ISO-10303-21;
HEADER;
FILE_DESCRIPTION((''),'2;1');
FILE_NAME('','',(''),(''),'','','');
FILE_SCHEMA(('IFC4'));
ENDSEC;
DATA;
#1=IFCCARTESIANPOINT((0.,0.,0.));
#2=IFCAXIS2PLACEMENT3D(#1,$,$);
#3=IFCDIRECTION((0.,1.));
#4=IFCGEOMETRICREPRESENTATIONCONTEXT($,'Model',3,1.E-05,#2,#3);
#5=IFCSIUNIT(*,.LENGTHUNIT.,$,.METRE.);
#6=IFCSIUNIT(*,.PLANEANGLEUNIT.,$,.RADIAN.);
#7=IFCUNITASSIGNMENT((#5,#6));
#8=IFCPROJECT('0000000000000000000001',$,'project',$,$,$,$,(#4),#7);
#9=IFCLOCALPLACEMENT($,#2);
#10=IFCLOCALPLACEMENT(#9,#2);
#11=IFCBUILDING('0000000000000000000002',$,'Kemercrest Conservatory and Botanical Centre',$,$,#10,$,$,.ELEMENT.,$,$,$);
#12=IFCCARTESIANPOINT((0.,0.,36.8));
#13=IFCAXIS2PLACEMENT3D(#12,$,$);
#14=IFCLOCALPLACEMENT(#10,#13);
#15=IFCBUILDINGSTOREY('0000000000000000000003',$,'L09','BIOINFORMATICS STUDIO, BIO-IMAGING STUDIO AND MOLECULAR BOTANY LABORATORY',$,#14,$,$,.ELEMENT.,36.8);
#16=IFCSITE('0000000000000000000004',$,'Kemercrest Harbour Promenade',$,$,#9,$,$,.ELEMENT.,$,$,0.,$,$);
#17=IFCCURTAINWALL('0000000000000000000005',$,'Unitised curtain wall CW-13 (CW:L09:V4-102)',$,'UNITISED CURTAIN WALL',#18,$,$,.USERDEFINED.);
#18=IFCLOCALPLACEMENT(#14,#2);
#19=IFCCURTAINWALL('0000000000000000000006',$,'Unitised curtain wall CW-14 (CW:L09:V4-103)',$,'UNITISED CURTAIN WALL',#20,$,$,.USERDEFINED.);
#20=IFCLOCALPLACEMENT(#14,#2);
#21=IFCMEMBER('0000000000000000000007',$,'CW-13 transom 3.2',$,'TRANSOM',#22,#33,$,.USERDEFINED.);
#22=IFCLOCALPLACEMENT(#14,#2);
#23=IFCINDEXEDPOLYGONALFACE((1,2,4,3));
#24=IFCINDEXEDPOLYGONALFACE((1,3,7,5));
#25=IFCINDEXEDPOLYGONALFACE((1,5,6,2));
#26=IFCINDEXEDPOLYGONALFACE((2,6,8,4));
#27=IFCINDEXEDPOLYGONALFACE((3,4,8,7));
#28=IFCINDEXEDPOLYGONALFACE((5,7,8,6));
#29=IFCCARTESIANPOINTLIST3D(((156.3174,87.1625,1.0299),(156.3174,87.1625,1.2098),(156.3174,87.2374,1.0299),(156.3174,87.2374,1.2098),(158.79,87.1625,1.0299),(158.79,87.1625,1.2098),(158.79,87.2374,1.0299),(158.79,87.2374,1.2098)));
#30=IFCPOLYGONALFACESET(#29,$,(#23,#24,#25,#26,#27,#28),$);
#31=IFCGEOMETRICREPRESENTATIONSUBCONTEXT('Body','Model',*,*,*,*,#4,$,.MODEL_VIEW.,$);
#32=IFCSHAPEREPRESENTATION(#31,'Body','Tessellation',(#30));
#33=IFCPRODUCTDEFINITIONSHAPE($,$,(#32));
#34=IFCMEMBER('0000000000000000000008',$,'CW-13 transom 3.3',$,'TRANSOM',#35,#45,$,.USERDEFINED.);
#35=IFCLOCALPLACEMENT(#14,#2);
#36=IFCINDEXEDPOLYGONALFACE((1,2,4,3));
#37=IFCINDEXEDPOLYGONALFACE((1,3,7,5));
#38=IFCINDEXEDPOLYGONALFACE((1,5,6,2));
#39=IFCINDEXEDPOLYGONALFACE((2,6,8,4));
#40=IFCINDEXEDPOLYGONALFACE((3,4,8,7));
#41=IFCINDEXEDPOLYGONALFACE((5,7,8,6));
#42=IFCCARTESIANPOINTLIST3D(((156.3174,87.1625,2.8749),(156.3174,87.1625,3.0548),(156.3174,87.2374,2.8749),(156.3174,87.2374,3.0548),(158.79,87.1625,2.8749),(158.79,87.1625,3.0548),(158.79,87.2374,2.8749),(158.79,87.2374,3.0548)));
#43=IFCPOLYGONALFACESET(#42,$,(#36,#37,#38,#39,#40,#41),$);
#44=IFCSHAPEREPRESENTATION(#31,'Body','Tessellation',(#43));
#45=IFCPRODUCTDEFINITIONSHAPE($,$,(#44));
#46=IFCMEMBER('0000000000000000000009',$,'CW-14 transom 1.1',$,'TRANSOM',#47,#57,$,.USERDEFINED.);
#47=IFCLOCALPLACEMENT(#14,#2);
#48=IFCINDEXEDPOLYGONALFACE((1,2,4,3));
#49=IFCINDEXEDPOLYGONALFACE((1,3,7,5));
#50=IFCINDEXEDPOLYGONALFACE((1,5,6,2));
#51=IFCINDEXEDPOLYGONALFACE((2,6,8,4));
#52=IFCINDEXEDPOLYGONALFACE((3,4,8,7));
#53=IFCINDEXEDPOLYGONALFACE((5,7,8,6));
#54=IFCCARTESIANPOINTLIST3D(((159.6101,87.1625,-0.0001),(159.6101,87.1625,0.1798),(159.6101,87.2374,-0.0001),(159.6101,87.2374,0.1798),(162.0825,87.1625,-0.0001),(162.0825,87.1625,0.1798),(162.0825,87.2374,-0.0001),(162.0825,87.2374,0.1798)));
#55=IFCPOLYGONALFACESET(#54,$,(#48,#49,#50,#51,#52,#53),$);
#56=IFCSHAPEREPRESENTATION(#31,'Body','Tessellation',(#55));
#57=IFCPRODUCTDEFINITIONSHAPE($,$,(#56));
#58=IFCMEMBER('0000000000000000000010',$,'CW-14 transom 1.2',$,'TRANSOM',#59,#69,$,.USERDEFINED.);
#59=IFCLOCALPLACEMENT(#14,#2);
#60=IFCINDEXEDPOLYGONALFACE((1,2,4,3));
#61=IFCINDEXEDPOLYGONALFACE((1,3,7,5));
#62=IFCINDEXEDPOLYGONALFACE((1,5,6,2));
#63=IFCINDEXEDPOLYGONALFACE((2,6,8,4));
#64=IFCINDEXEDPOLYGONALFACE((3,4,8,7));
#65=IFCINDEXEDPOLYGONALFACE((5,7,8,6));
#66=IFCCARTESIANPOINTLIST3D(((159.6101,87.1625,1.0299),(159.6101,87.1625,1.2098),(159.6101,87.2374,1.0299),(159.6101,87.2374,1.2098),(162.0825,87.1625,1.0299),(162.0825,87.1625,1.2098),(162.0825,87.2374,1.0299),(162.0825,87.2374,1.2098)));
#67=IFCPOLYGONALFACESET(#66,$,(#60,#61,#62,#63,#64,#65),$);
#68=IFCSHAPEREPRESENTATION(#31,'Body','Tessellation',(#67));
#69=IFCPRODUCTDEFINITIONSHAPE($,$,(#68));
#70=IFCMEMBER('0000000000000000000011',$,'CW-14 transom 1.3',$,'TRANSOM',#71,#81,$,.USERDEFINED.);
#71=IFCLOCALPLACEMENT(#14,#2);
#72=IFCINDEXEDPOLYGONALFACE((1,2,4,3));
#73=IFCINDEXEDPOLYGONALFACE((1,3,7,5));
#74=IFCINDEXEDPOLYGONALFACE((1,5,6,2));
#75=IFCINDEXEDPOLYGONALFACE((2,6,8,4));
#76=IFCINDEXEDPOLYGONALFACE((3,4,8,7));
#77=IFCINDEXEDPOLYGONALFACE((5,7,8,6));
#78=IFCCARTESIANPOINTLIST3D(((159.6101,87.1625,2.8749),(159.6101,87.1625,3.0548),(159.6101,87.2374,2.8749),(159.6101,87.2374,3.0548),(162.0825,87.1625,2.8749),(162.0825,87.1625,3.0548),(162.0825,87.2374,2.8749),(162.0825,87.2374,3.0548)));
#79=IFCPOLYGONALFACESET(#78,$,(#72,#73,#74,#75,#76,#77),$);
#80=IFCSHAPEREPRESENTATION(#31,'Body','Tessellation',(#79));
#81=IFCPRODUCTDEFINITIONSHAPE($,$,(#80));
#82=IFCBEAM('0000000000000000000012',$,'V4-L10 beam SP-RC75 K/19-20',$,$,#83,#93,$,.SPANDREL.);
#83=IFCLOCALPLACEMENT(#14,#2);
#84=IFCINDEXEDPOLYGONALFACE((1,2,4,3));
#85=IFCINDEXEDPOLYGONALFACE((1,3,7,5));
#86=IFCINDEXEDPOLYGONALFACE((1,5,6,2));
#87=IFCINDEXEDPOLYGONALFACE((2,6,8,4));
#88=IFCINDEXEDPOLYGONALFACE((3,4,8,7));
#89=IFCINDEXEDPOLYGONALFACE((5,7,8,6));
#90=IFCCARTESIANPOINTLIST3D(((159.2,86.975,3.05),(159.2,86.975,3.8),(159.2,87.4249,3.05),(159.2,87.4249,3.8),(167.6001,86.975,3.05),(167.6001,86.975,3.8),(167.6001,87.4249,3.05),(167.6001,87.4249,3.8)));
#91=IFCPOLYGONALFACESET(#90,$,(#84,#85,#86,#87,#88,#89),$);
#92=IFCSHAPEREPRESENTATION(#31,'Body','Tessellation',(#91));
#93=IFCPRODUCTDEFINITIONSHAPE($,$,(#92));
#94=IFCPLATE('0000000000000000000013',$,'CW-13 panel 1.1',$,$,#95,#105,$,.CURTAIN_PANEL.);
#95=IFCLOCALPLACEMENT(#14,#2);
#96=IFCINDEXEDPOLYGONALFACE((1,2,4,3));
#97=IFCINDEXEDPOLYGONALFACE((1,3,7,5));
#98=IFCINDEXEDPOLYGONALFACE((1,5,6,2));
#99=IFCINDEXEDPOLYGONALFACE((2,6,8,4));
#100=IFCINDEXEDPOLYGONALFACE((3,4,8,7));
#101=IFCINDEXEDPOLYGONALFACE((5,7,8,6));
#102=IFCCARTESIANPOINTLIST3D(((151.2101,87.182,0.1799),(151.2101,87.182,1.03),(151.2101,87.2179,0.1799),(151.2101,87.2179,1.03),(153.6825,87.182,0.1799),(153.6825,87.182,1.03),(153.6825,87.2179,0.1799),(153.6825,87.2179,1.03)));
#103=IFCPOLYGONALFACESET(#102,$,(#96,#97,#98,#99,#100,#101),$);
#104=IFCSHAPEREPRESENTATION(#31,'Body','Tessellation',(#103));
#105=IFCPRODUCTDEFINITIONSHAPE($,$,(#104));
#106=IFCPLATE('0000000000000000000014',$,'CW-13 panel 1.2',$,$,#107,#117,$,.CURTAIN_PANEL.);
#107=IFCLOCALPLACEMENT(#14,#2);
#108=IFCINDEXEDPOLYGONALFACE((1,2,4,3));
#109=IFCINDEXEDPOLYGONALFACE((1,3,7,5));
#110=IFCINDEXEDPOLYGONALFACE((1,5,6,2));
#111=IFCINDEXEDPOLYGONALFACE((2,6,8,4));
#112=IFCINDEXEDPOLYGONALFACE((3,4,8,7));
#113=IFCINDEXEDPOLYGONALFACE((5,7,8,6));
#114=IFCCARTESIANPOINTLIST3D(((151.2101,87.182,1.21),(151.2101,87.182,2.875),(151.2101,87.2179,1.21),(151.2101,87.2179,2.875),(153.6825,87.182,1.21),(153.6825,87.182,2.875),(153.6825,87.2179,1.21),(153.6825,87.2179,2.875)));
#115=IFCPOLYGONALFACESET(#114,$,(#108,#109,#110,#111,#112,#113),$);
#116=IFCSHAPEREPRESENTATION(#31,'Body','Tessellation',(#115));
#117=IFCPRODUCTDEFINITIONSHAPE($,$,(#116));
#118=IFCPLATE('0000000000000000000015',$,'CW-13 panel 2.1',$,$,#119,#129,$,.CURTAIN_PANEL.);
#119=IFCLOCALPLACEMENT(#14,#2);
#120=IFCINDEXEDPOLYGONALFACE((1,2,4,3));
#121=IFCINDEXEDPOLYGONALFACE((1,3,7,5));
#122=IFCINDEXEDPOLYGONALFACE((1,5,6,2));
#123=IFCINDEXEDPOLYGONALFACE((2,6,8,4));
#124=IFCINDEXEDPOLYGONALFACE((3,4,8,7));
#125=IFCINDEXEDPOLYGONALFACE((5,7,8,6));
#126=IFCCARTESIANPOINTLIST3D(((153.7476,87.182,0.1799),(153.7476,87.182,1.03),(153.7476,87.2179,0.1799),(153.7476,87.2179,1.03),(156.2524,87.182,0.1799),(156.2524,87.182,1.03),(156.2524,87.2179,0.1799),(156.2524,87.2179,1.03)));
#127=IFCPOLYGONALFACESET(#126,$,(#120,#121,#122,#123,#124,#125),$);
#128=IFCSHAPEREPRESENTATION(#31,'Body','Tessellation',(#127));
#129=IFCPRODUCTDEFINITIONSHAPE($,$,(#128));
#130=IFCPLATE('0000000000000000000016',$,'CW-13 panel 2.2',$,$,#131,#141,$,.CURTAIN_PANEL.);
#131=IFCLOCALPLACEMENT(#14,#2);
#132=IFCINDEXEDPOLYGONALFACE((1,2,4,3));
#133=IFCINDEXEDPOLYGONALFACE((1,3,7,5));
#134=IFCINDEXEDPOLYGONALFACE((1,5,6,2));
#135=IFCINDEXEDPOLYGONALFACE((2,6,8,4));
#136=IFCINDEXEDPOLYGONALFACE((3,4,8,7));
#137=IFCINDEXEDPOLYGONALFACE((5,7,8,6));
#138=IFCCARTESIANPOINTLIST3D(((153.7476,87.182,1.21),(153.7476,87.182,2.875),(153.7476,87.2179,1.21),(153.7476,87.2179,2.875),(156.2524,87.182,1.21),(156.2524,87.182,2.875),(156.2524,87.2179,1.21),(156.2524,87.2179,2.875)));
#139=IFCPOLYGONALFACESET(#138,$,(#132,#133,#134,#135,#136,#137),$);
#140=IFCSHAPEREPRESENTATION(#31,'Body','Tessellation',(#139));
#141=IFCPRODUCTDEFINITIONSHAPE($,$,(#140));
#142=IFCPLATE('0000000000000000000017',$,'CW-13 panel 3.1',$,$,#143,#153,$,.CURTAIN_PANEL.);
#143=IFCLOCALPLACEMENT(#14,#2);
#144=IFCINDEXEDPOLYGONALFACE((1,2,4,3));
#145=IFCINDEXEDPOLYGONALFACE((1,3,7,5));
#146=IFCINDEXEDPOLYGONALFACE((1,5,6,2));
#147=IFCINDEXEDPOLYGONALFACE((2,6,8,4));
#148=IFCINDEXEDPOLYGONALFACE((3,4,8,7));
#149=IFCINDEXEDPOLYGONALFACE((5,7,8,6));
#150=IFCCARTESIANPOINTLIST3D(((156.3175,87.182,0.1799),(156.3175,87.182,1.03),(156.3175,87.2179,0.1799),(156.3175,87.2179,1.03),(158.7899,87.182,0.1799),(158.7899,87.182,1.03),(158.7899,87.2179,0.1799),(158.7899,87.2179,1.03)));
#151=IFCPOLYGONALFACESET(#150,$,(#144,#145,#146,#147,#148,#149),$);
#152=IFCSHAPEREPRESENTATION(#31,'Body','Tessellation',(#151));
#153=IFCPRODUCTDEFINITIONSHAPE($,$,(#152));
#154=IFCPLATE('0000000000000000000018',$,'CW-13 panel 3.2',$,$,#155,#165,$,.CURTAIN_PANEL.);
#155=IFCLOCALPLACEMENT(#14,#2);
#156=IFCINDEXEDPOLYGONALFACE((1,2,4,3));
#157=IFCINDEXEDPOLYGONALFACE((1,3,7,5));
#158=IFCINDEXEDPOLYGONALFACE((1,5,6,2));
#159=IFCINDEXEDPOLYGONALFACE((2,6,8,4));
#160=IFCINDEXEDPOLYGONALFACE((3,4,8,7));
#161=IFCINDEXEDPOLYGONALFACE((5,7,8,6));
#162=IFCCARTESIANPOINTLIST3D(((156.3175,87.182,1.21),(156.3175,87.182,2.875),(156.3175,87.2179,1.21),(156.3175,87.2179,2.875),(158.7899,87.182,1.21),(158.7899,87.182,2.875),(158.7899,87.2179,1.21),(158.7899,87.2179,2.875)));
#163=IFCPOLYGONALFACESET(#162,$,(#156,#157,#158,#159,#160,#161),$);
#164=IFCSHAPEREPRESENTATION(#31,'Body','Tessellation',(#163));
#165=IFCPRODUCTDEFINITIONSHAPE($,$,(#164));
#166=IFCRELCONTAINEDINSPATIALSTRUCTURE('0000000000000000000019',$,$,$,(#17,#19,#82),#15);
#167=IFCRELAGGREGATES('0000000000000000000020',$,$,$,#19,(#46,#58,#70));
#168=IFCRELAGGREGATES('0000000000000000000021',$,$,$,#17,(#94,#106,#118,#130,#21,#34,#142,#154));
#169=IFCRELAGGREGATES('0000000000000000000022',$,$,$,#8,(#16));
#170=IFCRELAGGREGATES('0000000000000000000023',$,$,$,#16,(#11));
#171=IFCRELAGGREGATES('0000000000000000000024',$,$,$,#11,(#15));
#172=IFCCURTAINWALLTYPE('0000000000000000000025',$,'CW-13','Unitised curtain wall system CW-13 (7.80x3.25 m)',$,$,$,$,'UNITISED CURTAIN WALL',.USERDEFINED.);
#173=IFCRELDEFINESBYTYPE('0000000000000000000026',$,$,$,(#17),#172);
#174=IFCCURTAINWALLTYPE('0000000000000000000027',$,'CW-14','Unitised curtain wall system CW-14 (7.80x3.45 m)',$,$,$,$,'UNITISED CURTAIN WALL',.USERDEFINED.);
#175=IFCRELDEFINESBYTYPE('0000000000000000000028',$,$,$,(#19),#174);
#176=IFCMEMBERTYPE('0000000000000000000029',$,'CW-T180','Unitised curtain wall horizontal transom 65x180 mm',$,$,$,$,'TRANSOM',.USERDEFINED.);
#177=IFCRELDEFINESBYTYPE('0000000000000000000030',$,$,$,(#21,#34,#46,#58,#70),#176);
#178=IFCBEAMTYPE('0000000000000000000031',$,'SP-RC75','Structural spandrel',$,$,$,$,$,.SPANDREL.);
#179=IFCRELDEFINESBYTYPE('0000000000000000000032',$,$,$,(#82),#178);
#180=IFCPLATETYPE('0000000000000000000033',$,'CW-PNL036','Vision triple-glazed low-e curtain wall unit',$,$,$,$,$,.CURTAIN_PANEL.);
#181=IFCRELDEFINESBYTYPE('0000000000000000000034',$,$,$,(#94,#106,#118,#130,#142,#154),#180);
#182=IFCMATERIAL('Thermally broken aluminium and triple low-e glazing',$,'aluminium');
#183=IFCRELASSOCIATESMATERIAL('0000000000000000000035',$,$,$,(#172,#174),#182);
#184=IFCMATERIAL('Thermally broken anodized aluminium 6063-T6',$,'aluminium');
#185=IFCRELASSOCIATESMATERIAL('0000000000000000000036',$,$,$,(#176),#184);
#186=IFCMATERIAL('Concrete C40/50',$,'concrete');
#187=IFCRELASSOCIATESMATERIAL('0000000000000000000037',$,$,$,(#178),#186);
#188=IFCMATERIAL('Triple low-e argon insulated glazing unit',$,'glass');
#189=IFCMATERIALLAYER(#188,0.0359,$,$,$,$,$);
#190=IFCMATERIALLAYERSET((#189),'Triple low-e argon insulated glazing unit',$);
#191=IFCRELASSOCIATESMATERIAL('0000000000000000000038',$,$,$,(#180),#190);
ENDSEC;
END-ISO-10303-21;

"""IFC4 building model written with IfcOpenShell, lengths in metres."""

from ifc_helpers import new_model, si_unit, direction, frame, origin, origin_2d, place, context, subcontext, project, spatial, rectangle, extrude, material, layer, layer_set, material_profile, profile_set, type_object, element, aggregate, save


model = new_model("IFC4")

# Units and contexts
model_context = context("Model", 3, precision=1e-05, world=origin(), true_north=direction((0.0, 1.0)))
body_context = subcontext(model_context, "Body", "Model", "MODEL_VIEW")
ifc_project = project(units=[si_unit("LENGTHUNIT", "METRE"), si_unit("PLANEANGLEUNIT", "RADIAN")], contexts=[model_context])

# Site, building, storey
site_placement = place(None, origin())
site = spatial("IfcSite", under=ifc_project, at=site_placement, Name="Kemercrest Harbour Promenade", CompositionType="ELEMENT", RefElevation=0.0)
building_placement = place(site_placement, origin())
building = spatial("IfcBuilding", under=site, at=building_placement, Name="Kemercrest Conservatory and Botanical Centre", CompositionType="ELEMENT")
storey_placement = place(building_placement, frame((0.0, 0.0, 36.8)))
storey = spatial("IfcBuildingStorey", under=building, at=storey_placement, Name="L09", Description="BIOINFORMATICS STUDIO, BIO-IMAGING STUDIO AND MOLECULAR BOTANY LABORATORY", CompositionType="ELEMENT", Elevation=36.8)

# Shared definitions
ifc_material_1 = material(Name="Concrete C40/50", Category="concrete")

# Curtain wall
ifc_material_2 = material(Name="Thermally broken aluminium and triple low-e glazing", Category="aluminium")
curtain_wall_type_1 = type_object("IfcCurtainWallType", Name="CW-13", Description="Unitised curtain wall system CW-13 (7.80x3.25 m)", ElementType="UNITISED CURTAIN WALL", PredefinedType="USERDEFINED", material=ifc_material_2)
curtain_wall_1_placement = place(storey_placement, origin())
curtain_wall_1 = element("IfcCurtainWall", 1, at=curtain_wall_1_placement, inside=storey, type_object=curtain_wall_type_1, Name="Unitised curtain wall CW-13 (CW:L09:V4-102)", ObjectType="UNITISED CURTAIN WALL", PredefinedType="USERDEFINED")
ifc_material_3 = material(Name="Thermally broken anodized aluminium 6063-T6", Category="aluminium")

# Curtain wall
curtain_wall_type_2 = type_object("IfcCurtainWallType", Name="CW-14", Description="Unitised curtain wall system CW-14 (7.80x3.45 m)", ElementType="UNITISED CURTAIN WALL", PredefinedType="USERDEFINED", material=ifc_material_2)
curtain_wall_2_placement = place(storey_placement, origin())
curtain_wall_2 = element("IfcCurtainWall", 2, at=curtain_wall_2_placement, inside=storey, type_object=curtain_wall_type_2, Name="Unitised curtain wall CW-14 (CW:L09:V4-103)", ObjectType="UNITISED CURTAIN WALL", PredefinedType="USERDEFINED")

# Members
ifc_material_profile_1 = material_profile(ifc_material_3, rectangle(XDim=0.075, YDim=0.1799, at=origin_2d()), Name="AL TRANSOM 75x180")
ifc_profile_set_1 = profile_set([ifc_material_profile_1], Name="Thermally broken anodized aluminium 6063-T6")
member_type_1 = type_object("IfcMemberType", Name="CW-T180", Description="Unitised curtain wall horizontal transom 65x180 mm", ElementType="TRANSOM", PredefinedType="USERDEFINED", material=ifc_profile_set_1)
member_1_placement = place(storey_placement, frame((156.3174, 87.2, 1.1199), z_axis=(1.0, 0.0, 0.0), x_axis=(0.0, 1.0, 0.0)))
member_1 = element("IfcMember", 3, at=member_1_placement, type_object=member_type_1, Name="CW-13 transom 3.2", ObjectType="TRANSOM", PredefinedType="USERDEFINED", context=body_context, shape_type="SweptSolid", body=[
    extrude(rectangle(XDim=0.075, YDim=0.1799, at=origin_2d()), origin(), (0.0, 0.0, 1.0), 2.4727),
])
member_2_placement = place(storey_placement, frame((156.3174, 87.2, 2.9648), z_axis=(1.0, 0.0, 0.0), x_axis=(0.0, 1.0, 0.0)))
member_2 = element("IfcMember", 4, at=member_2_placement, type_object=member_type_1, Name="CW-13 transom 3.3", ObjectType="TRANSOM", PredefinedType="USERDEFINED", context=body_context, shape_type="SweptSolid", body=[
    extrude(rectangle(XDim=0.075, YDim=0.1799, at=origin_2d()), origin(), (0.0, 0.0, 1.0), 2.4727),
])
member_3_placement = place(storey_placement, frame((159.6101, 87.2, 0.0898), z_axis=(1.0, 0.0, 0.0), x_axis=(0.0, 1.0, 0.0)))
member_3 = element("IfcMember", 5, at=member_3_placement, type_object=member_type_1, Name="CW-14 transom 1.1", ObjectType="TRANSOM", PredefinedType="USERDEFINED", context=body_context, shape_type="SweptSolid", body=[
    extrude(rectangle(XDim=0.075, YDim=0.1799, at=origin_2d()), origin(), (0.0, 0.0, 1.0), 2.4724),
])
member_4_placement = place(storey_placement, frame((159.6101, 87.2, 1.1199), z_axis=(1.0, 0.0, 0.0), x_axis=(0.0, 1.0, 0.0)))
member_4 = element("IfcMember", 6, at=member_4_placement, type_object=member_type_1, Name="CW-14 transom 1.2", ObjectType="TRANSOM", PredefinedType="USERDEFINED", context=body_context, shape_type="SweptSolid", body=[
    extrude(rectangle(XDim=0.075, YDim=0.1799, at=origin_2d()), origin(), (0.0, 0.0, 1.0), 2.4724),
])
member_5_placement = place(storey_placement, frame((159.6101, 87.2, 2.9648), z_axis=(1.0, 0.0, 0.0), x_axis=(0.0, 1.0, 0.0)))
member_5 = element("IfcMember", 7, at=member_5_placement, type_object=member_type_1, Name="CW-14 transom 1.3", ObjectType="TRANSOM", PredefinedType="USERDEFINED", context=body_context, shape_type="SweptSolid", body=[
    extrude(rectangle(XDim=0.075, YDim=0.1799, at=origin_2d()), origin(), (0.0, 0.0, 1.0), 2.4724),
])
aggregate(curtain_wall_2, [member_3, member_4, member_5])

# Beam
ifc_material_profile_2 = material_profile(ifc_material_1, rectangle(XDim=0.45, YDim=0.75, at=origin_2d()), Name="RC 450x750")
ifc_profile_set_2 = profile_set([ifc_material_profile_2], Name="Concrete C40/50")
beam_type_1 = type_object("IfcBeamType", Name="SP-RC75", Description="Structural spandrel", PredefinedType="SPANDREL", material=ifc_profile_set_2)
beam_1_placement = place(storey_placement, frame((159.2, 87.2, 3.425), z_axis=(1.0, 0.0, 0.0), x_axis=(0.0, 1.0, 0.0)))
element("IfcBeam", 8, at=beam_1_placement, inside=storey, type_object=beam_type_1, Name="V4-L10 beam SP-RC75 K/19-20", PredefinedType="SPANDREL", context=body_context, shape_type="SweptSolid", body=[
    extrude(rectangle(XDim=0.45, YDim=0.75, at=origin_2d()), origin(), (0.0, 0.0, 1.0), 8.4001),
])

# Plates
ifc_material_4 = material(Name="Triple low-e argon insulated glazing unit", Category="glass")
ifc_layer = layer(ifc_material_4, 0.0359)
ifc_layer_set = layer_set([ifc_layer], Name="Triple low-e argon insulated glazing unit")
plate_type = type_object("IfcPlateType", Name="CW-PNL036", Description="Vision triple-glazed low-e curtain wall unit", PredefinedType="CURTAIN_PANEL", material=ifc_layer_set)
plate_1_placement = place(storey_placement, frame((152.4463, 87.2, 0.1799), z_axis=(0.0, 0.0, 1.0), x_axis=(1.0, 0.0, 0.0)))
plate_1 = element("IfcPlate", 9, at=plate_1_placement, type_object=plate_type, Name="CW-13 panel 1.1", PredefinedType="CURTAIN_PANEL", context=body_context, shape_type="SweptSolid", body=[
    extrude(rectangle(XDim=2.4724, YDim=0.0359, at=origin_2d()), origin(), (0.0, 0.0, 1.0), 0.8501),
])
plate_2_placement = place(storey_placement, frame((152.4463, 87.2, 1.21), z_axis=(0.0, 0.0, 1.0), x_axis=(1.0, 0.0, 0.0)))
plate_2 = element("IfcPlate", 10, at=plate_2_placement, type_object=plate_type, Name="CW-13 panel 1.2", PredefinedType="CURTAIN_PANEL", context=body_context, shape_type="SweptSolid", body=[
    extrude(rectangle(XDim=2.4724, YDim=0.0359, at=origin_2d()), origin(), (0.0, 0.0, 1.0), 1.665),
])
plate_3_placement = place(storey_placement, frame((155.0, 87.2, 0.1799), z_axis=(0.0, 0.0, 1.0), x_axis=(1.0, 0.0, 0.0)))
plate_3 = element("IfcPlate", 11, at=plate_3_placement, type_object=plate_type, Name="CW-13 panel 2.1", PredefinedType="CURTAIN_PANEL", context=body_context, shape_type="SweptSolid", body=[
    extrude(rectangle(XDim=2.5049, YDim=0.0359, at=origin_2d()), origin(), (0.0, 0.0, 1.0), 0.8501),
])
plate_4_placement = place(storey_placement, frame((155.0, 87.2, 1.21), z_axis=(0.0, 0.0, 1.0), x_axis=(1.0, 0.0, 0.0)))
plate_4 = element("IfcPlate", 12, at=plate_4_placement, type_object=plate_type, Name="CW-13 panel 2.2", PredefinedType="CURTAIN_PANEL", context=body_context, shape_type="SweptSolid", body=[
    extrude(rectangle(XDim=2.5049, YDim=0.0359, at=origin_2d()), origin(), (0.0, 0.0, 1.0), 1.665),
])
plate_5_placement = place(storey_placement, frame((157.5537, 87.2, 0.1799), z_axis=(0.0, 0.0, 1.0), x_axis=(1.0, 0.0, 0.0)))
plate_5 = element("IfcPlate", 13, at=plate_5_placement, type_object=plate_type, Name="CW-13 panel 3.1", PredefinedType="CURTAIN_PANEL", context=body_context, shape_type="SweptSolid", body=[
    extrude(rectangle(XDim=2.4724, YDim=0.0359, at=origin_2d()), origin(), (0.0, 0.0, 1.0), 0.8501),
])
plate_6_placement = place(storey_placement, frame((157.5537, 87.2, 1.21), z_axis=(0.0, 0.0, 1.0), x_axis=(1.0, 0.0, 0.0)))
plate_6 = element("IfcPlate", 14, at=plate_6_placement, type_object=plate_type, Name="CW-13 panel 3.2", PredefinedType="CURTAIN_PANEL", context=body_context, shape_type="SweptSolid", body=[
    extrude(rectangle(XDim=2.4724, YDim=0.0359, at=origin_2d()), origin(), (0.0, 0.0, 1.0), 1.665),
])
aggregate(curtain_wall_1, [plate_1, plate_2, plate_3, plate_4, member_1, member_2, plate_5, plate_6])

save(model, "model.ifc")
